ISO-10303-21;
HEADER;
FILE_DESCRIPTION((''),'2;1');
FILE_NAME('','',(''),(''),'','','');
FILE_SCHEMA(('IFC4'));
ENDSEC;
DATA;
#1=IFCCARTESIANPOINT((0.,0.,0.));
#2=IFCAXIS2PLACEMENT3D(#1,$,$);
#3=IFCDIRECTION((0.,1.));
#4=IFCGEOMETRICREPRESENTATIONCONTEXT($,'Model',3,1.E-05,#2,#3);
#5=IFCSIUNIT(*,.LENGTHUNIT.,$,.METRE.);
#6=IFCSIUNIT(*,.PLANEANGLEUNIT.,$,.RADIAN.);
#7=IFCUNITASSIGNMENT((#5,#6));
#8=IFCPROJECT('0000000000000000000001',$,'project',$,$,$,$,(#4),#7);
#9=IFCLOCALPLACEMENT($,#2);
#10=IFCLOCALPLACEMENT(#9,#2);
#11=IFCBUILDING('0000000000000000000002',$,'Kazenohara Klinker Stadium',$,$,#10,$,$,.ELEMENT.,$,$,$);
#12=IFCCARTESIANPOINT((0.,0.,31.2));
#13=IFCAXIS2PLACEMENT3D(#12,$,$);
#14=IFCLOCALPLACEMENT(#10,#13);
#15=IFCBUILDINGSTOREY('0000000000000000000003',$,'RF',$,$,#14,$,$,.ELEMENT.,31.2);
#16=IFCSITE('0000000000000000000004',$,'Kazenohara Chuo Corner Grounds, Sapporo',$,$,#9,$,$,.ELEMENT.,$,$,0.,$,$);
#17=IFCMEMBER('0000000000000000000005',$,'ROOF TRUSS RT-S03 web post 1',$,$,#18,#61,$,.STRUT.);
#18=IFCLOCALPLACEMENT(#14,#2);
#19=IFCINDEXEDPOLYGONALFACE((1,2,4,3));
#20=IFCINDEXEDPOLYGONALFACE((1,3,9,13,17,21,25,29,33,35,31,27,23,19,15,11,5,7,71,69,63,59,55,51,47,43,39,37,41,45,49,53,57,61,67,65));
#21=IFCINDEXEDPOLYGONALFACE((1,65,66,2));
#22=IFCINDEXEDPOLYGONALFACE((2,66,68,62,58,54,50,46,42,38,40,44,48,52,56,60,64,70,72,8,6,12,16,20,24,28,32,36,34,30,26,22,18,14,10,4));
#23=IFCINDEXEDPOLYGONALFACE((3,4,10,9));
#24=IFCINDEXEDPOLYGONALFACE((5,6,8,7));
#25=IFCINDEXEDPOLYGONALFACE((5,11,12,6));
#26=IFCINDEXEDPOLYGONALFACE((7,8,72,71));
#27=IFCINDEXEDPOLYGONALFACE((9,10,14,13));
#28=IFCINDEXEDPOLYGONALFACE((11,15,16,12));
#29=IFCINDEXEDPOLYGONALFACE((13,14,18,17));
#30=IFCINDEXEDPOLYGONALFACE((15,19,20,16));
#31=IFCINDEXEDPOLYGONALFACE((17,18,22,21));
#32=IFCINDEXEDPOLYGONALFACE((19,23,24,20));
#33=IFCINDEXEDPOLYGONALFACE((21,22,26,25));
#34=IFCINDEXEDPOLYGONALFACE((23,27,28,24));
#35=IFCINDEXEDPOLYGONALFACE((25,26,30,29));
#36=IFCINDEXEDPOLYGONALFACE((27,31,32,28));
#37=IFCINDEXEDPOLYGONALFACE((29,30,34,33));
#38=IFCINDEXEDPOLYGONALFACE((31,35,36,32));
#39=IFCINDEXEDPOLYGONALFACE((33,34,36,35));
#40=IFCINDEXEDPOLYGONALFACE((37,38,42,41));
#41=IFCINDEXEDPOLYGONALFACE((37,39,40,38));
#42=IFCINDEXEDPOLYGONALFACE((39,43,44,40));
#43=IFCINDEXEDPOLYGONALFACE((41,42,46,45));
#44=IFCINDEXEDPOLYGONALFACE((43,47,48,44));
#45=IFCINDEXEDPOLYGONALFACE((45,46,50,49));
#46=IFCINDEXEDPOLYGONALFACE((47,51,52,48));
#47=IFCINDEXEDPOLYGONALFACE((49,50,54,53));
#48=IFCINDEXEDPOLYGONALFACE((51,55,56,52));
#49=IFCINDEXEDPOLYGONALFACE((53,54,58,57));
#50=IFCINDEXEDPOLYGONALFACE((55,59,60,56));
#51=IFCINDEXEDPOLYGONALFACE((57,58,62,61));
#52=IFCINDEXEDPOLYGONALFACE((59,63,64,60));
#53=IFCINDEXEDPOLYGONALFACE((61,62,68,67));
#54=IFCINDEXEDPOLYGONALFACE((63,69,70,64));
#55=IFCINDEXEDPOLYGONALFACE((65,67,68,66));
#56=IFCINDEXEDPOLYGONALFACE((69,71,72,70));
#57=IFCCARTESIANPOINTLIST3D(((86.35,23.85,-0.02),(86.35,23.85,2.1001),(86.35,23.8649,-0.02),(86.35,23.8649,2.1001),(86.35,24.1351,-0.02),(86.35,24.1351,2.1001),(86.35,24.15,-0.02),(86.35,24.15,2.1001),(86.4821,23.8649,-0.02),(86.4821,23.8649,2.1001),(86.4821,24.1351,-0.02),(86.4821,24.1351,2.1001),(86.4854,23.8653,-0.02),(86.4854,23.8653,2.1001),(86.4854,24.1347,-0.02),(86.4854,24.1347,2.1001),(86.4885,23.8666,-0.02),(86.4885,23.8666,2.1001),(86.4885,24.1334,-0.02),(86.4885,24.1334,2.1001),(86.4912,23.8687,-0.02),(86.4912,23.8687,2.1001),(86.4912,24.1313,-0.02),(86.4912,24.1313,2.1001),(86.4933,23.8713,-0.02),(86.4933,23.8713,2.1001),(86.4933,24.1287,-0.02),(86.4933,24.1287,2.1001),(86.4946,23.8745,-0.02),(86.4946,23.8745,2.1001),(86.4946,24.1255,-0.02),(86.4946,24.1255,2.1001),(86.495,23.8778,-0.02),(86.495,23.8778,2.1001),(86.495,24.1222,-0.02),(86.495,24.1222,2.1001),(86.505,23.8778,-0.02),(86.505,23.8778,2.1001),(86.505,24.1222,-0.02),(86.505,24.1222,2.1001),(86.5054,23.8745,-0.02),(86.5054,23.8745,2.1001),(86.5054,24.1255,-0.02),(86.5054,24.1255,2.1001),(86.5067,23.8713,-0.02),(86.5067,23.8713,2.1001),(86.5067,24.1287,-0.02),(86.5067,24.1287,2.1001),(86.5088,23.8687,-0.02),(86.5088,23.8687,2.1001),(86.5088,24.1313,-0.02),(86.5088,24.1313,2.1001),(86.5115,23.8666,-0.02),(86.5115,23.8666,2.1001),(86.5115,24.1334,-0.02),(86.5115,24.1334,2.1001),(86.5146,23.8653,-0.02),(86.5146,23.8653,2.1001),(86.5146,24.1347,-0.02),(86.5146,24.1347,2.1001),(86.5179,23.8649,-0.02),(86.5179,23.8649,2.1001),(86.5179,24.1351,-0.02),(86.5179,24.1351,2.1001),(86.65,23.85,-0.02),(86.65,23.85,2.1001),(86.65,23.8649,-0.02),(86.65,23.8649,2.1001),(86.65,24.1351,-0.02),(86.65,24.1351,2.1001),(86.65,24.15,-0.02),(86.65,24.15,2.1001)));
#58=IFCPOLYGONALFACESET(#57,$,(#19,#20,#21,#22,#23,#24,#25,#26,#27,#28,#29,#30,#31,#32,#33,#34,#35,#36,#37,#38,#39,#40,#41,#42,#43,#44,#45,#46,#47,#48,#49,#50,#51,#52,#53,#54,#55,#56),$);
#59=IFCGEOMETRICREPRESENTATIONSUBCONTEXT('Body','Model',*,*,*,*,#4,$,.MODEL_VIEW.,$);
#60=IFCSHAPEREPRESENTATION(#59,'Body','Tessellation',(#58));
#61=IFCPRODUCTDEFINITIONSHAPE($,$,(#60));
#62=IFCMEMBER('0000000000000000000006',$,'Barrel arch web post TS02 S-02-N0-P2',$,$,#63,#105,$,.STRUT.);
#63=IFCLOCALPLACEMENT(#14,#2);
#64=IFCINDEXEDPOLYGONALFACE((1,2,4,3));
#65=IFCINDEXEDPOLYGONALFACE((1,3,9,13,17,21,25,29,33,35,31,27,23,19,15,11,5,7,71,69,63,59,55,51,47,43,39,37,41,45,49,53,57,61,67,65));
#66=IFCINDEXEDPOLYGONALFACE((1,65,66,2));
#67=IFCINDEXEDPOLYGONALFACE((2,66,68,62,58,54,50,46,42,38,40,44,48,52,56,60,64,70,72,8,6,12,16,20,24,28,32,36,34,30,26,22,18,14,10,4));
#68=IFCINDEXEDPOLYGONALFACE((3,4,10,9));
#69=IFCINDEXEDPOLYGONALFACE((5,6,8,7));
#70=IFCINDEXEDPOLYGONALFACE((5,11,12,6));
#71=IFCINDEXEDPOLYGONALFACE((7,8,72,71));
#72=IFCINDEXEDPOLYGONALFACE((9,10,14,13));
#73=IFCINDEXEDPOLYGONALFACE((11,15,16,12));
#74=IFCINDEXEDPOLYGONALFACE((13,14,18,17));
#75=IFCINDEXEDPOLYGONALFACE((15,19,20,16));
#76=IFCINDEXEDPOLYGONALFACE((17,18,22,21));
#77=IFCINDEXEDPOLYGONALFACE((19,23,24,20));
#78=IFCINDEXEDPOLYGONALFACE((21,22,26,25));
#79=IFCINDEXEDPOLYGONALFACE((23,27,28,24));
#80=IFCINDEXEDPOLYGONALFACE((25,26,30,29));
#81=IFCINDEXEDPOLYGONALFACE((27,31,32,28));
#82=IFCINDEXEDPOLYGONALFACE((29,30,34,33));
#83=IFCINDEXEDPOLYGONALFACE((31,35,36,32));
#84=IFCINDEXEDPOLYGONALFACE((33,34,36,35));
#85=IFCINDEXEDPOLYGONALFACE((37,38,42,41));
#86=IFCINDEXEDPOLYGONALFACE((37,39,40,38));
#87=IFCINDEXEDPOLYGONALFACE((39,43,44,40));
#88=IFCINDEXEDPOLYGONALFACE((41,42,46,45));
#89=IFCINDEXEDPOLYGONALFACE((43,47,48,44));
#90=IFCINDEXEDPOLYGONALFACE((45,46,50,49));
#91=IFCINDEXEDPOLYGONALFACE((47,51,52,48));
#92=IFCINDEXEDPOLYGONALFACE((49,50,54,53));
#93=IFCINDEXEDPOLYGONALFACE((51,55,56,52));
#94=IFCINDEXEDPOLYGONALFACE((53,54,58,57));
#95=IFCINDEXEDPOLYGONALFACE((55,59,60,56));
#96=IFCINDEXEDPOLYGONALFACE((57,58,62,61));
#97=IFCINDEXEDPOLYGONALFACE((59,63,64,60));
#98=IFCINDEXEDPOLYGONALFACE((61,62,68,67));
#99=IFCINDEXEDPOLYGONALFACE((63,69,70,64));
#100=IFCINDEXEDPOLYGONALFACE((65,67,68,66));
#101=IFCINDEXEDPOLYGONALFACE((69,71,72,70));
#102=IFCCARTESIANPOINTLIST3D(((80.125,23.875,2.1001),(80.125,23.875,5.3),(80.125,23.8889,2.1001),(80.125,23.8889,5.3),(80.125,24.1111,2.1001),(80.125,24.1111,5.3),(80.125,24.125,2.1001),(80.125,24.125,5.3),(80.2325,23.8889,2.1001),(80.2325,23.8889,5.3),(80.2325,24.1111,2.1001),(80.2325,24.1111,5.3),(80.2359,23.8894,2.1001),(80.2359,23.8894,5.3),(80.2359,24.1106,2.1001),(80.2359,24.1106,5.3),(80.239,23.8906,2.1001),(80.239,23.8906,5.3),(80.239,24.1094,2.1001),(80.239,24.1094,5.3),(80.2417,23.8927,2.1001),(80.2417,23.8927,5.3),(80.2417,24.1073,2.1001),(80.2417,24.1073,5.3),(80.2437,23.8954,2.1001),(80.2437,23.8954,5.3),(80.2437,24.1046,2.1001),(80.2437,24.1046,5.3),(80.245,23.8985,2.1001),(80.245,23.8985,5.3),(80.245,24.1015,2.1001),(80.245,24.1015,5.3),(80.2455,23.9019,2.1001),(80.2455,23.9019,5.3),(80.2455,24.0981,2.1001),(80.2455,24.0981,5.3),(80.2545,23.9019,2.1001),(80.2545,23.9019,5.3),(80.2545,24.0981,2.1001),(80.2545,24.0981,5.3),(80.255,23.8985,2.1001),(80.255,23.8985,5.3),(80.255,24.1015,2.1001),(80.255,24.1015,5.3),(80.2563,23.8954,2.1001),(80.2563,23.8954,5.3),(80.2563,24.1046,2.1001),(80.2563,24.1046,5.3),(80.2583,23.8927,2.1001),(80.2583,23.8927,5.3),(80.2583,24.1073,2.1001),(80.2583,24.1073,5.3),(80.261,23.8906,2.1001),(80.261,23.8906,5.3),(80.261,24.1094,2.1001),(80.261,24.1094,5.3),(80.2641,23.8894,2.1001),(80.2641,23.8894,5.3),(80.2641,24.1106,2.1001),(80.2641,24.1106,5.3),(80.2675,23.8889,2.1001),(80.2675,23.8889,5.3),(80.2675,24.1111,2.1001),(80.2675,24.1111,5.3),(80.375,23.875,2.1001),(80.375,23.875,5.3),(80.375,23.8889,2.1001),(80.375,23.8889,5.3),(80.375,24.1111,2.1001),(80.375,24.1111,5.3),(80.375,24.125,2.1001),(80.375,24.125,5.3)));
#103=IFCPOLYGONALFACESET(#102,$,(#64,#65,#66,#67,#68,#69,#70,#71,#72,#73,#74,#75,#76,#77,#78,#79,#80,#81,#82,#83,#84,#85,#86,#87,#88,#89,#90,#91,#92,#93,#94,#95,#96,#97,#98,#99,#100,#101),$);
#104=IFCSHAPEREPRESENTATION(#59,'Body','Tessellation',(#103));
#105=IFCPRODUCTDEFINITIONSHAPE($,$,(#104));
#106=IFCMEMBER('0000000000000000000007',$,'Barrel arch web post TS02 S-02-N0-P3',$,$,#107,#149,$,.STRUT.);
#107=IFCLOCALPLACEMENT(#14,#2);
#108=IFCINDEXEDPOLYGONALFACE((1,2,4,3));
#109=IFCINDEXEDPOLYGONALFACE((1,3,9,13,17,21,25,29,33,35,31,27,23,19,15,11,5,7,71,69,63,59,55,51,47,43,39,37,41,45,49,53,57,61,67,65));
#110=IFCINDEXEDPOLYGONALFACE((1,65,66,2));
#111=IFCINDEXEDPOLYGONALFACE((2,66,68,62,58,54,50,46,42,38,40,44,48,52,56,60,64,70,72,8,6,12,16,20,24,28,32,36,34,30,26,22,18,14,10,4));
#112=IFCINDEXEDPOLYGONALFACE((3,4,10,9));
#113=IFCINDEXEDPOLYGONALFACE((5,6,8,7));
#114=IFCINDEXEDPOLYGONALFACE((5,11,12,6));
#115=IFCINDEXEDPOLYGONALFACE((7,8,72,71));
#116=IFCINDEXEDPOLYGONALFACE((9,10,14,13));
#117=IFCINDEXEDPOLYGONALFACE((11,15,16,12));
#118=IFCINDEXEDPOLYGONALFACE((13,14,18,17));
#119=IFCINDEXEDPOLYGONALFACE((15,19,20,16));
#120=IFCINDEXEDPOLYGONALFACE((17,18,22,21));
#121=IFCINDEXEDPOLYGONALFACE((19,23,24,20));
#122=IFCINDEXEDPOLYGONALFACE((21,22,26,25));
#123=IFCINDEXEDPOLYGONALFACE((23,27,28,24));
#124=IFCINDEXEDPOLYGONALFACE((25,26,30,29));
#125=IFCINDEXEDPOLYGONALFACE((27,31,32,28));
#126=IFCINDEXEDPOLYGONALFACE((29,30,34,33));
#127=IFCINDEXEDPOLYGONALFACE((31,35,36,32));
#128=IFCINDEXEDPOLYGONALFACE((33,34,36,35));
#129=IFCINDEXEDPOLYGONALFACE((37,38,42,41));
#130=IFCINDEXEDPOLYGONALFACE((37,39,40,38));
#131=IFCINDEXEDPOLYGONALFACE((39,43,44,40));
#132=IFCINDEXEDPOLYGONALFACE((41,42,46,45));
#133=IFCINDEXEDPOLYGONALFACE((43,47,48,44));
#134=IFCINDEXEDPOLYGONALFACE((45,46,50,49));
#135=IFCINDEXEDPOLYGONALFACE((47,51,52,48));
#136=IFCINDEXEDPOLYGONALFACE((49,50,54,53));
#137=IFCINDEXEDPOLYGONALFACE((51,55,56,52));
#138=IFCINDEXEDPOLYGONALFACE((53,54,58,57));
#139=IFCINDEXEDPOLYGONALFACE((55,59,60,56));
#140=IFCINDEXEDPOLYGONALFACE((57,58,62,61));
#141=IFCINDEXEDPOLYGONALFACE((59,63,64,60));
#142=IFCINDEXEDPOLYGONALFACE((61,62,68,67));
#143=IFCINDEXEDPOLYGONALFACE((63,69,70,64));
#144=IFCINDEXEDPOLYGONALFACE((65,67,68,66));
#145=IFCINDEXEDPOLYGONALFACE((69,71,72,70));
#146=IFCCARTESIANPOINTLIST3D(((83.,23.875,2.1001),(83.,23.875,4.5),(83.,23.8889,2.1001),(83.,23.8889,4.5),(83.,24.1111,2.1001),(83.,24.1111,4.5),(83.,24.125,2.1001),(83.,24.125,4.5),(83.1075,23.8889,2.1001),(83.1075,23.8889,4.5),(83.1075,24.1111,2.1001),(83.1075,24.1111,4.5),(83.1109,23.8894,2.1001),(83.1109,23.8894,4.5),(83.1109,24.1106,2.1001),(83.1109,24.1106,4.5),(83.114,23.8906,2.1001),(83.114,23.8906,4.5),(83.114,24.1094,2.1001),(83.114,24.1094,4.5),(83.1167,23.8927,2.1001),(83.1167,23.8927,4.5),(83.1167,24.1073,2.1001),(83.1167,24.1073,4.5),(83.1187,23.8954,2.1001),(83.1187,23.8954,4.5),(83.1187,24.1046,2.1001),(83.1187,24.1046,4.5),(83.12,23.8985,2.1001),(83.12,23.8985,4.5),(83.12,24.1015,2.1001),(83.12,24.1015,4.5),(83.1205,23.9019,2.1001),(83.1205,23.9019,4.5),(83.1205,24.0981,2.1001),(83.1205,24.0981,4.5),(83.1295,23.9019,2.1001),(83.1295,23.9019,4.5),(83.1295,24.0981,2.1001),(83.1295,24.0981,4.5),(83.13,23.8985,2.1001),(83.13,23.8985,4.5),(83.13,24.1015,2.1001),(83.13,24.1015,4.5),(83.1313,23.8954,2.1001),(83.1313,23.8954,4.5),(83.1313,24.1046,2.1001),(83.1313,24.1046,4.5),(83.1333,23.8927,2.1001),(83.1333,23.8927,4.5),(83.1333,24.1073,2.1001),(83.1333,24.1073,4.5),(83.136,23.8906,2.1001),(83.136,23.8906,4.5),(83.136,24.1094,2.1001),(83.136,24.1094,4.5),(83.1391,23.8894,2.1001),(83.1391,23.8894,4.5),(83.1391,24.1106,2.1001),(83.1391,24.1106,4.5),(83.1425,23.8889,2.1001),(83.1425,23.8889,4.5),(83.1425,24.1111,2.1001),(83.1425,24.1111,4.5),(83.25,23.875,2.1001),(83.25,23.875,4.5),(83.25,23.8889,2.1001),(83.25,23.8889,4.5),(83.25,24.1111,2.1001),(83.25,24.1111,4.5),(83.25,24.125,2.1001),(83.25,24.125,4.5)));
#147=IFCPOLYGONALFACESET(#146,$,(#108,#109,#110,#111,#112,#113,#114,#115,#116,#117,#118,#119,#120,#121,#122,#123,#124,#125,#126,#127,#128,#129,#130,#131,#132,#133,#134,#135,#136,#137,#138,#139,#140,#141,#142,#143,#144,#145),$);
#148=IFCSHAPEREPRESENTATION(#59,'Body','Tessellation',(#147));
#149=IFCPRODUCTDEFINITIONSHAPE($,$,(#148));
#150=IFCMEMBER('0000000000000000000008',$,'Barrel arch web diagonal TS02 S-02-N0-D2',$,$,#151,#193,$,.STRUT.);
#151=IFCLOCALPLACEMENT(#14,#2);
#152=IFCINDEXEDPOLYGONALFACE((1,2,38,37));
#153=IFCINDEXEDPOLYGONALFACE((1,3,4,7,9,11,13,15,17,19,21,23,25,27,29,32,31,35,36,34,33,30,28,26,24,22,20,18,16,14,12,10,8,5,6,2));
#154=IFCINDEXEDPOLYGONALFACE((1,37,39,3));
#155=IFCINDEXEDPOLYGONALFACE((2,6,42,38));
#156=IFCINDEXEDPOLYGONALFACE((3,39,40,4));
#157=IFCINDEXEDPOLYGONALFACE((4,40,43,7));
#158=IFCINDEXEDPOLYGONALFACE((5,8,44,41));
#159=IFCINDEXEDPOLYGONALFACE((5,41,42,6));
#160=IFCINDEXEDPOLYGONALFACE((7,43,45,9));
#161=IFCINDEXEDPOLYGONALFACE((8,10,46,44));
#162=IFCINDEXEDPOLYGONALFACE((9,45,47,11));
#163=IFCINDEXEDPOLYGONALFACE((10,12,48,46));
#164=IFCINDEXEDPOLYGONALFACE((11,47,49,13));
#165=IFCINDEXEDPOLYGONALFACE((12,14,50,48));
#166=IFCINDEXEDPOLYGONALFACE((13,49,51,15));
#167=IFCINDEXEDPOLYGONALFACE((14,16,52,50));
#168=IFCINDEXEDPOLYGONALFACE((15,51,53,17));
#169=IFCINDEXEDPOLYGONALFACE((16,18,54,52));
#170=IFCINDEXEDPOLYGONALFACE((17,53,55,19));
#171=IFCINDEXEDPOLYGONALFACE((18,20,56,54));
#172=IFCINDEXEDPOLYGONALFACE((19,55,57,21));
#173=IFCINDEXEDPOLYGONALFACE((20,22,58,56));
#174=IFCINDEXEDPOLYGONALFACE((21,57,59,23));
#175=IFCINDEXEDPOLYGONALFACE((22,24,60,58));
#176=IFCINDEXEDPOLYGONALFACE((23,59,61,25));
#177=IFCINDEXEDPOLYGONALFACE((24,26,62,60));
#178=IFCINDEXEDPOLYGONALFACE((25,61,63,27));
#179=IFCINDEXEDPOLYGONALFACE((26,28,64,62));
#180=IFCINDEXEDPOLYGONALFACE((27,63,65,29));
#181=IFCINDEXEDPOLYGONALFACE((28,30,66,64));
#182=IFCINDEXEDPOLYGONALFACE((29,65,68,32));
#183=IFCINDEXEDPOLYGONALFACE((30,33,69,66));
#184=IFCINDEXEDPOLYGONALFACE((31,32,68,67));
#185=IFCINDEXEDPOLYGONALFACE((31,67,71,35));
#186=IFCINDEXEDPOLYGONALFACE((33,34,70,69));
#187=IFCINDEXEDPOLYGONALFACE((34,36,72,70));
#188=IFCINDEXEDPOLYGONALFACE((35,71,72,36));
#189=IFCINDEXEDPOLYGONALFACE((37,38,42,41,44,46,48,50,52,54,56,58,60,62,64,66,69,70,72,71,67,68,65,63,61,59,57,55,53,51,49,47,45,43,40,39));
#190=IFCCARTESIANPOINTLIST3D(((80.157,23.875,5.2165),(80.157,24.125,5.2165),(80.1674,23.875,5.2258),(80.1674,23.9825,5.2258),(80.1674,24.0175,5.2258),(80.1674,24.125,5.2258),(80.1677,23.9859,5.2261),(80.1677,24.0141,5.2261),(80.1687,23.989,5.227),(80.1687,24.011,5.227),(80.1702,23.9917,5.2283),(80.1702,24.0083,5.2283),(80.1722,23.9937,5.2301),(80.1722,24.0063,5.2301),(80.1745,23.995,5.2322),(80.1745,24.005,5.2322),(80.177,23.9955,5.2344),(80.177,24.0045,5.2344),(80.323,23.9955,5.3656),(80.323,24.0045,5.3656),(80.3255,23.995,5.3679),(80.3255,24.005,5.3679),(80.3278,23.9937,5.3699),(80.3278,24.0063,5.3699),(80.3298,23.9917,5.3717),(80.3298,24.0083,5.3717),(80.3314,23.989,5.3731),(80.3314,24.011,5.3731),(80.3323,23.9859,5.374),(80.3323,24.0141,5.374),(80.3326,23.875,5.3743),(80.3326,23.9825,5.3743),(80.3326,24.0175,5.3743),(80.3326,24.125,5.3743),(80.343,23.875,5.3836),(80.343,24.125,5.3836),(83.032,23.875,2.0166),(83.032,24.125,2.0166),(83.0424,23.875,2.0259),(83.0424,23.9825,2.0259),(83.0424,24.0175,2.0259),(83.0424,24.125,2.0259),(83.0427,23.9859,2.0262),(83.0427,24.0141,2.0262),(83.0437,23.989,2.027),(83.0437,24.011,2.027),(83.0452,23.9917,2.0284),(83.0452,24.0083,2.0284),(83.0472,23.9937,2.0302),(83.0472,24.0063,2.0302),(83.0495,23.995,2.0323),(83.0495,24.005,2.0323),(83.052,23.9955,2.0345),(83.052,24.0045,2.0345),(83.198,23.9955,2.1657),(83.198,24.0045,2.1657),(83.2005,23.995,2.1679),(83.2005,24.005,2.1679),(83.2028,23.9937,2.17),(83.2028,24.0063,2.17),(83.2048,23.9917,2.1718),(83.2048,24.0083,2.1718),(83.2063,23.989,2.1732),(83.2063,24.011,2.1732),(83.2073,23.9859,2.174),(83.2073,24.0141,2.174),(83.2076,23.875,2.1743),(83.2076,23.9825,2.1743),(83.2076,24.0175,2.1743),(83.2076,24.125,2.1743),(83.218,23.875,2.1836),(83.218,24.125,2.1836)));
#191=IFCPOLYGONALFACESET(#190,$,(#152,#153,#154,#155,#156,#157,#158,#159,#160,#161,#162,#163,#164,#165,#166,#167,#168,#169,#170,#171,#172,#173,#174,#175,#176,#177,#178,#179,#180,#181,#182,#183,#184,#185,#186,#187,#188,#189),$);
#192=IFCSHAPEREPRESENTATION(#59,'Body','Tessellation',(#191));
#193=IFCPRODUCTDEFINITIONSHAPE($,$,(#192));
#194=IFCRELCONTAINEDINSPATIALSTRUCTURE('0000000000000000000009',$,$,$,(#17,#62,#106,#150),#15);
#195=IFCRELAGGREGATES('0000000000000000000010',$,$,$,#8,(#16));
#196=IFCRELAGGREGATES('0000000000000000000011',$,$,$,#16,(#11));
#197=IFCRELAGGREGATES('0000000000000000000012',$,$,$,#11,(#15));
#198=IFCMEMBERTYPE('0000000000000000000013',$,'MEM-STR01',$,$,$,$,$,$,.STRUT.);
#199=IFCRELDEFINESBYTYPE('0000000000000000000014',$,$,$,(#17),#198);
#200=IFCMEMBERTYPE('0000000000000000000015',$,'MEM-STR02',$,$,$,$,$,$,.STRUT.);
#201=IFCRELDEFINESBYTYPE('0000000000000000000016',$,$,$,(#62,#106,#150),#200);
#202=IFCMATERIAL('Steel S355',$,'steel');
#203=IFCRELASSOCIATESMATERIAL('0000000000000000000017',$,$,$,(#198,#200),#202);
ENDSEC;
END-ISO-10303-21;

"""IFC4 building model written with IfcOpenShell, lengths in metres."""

from ifc_helpers import new_model, si_unit, direction, frame, origin, origin_2d, place, context, subcontext, project, spatial, i_section, extrude, material, material_profile, profile_set, type_object, element, save


model = new_model("IFC4")

# Units and contexts
model_context = context("Model", 3, precision=1e-05, world=origin(), true_north=direction((0.0, 1.0)))
body_context = subcontext(model_context, "Body", "Model", "MODEL_VIEW")
ifc_project = project(units=[si_unit("LENGTHUNIT", "METRE"), si_unit("PLANEANGLEUNIT", "RADIAN")], contexts=[model_context])

# Site, building, storey
site_placement = place(None, origin())
site = spatial("IfcSite", under=ifc_project, at=site_placement, Name="Kazenohara Chuo Corner Grounds, Sapporo", CompositionType="ELEMENT", RefElevation=0.0)
building_placement = place(site_placement, origin())
building = spatial("IfcBuilding", under=site, at=building_placement, Name="Kazenohara Klinker Stadium", CompositionType="ELEMENT")
storey_placement = place(building_placement, frame((0.0, 0.0, 31.2)))
storey = spatial("IfcBuildingStorey", under=building, at=storey_placement, Name="RF", CompositionType="ELEMENT", Elevation=31.2)

# Members
ifc_material_1 = material(Name="Steel S355", Category="steel")
ifc_material_profile_1 = material_profile(ifc_material_1, i_section(OverallWidth=0.3, OverallDepth=0.3, WebThickness=0.01, FlangeThickness=0.0149, FilletRadius=0.0129, at=origin_2d()), Name="H-300x300x10x15")
ifc_profile_set_1 = profile_set([ifc_material_profile_1], Name="Steel S355")
member_type_1 = type_object("IfcMemberType", Name="MEM-STR01", PredefinedType="STRUT", material=ifc_profile_set_1)
member_1_placement = place(storey_placement, frame((86.5, 24.0, -0.02), z_axis=(0.0, 0.0, 1.0), x_axis=(1.0, 0.0, 0.0)))
element("IfcMember", 1, at=member_1_placement, inside=storey, type_object=member_type_1, Name="ROOF TRUSS RT-S03 web post 1", PredefinedType="STRUT", context=body_context, shape_type="SweptSolid", body=[
    extrude(i_section(OverallWidth=0.3, OverallDepth=0.3, WebThickness=0.01, FlangeThickness=0.0149, FilletRadius=0.0129, at=origin_2d()), origin(), (0.0, 0.0, 1.0), 2.1201),
])
ifc_material_profile_2 = material_profile(ifc_material_1, i_section(OverallWidth=0.25, OverallDepth=0.25, WebThickness=0.009, FlangeThickness=0.0139, FilletRadius=0.0129, at=origin_2d()), Name="H-250x250x9x14")
ifc_profile_set_2 = profile_set([ifc_material_profile_2], Name="Steel S355")
member_type_2 = type_object("IfcMemberType", Name="MEM-STR02", PredefinedType="STRUT", material=ifc_profile_set_2)
member_2_placement = place(storey_placement, frame((80.25, 24.0, 2.1001), z_axis=(0.0, 0.0, 1.0), x_axis=(1.0, 0.0, 0.0)))
element("IfcMember", 2, at=member_2_placement, inside=storey, type_object=member_type_2, Name="Barrel arch web post TS02 S-02-N0-P2", PredefinedType="STRUT", context=body_context, shape_type="SweptSolid", body=[
    extrude(i_section(OverallWidth=0.25, OverallDepth=0.25, WebThickness=0.009, FlangeThickness=0.0139, FilletRadius=0.0129, at=origin_2d()), origin(), (0.0, 0.0, 1.0), 3.2),
])
member_3_placement = place(storey_placement, frame((83.125, 24.0, 2.1001), z_axis=(0.0, 0.0, 1.0), x_axis=(1.0, 0.0, 0.0)))
element("IfcMember", 3, at=member_3_placement, inside=storey, type_object=member_type_2, Name="Barrel arch web post TS02 S-02-N0-P3", PredefinedType="STRUT", context=body_context, shape_type="SweptSolid", body=[
    extrude(i_section(OverallWidth=0.25, OverallDepth=0.25, WebThickness=0.009, FlangeThickness=0.0139, FilletRadius=0.0129, at=origin_2d()), origin(), (0.0, 0.0, 1.0), 2.3999),
])
member_4_placement = place(storey_placement, frame((83.125, 24.0, 2.1001), z_axis=(-0.668328, 0.0, 0.743867), x_axis=(0.0, -1.0, 0.0)))
element("IfcMember", 4, at=member_4_placement, inside=storey, type_object=member_type_2, Name="Barrel arch web diagonal TS02 S-02-N0-D2", PredefinedType="STRUT", context=body_context, shape_type="SweptSolid", body=[
    extrude(i_section(OverallWidth=0.25, OverallDepth=0.25, WebThickness=0.009, FlangeThickness=0.0139, FilletRadius=0.0129, at=origin_2d()), origin(), (0.0, 0.0, 1.0), 4.3018),
])

save(model, "model.ifc")
